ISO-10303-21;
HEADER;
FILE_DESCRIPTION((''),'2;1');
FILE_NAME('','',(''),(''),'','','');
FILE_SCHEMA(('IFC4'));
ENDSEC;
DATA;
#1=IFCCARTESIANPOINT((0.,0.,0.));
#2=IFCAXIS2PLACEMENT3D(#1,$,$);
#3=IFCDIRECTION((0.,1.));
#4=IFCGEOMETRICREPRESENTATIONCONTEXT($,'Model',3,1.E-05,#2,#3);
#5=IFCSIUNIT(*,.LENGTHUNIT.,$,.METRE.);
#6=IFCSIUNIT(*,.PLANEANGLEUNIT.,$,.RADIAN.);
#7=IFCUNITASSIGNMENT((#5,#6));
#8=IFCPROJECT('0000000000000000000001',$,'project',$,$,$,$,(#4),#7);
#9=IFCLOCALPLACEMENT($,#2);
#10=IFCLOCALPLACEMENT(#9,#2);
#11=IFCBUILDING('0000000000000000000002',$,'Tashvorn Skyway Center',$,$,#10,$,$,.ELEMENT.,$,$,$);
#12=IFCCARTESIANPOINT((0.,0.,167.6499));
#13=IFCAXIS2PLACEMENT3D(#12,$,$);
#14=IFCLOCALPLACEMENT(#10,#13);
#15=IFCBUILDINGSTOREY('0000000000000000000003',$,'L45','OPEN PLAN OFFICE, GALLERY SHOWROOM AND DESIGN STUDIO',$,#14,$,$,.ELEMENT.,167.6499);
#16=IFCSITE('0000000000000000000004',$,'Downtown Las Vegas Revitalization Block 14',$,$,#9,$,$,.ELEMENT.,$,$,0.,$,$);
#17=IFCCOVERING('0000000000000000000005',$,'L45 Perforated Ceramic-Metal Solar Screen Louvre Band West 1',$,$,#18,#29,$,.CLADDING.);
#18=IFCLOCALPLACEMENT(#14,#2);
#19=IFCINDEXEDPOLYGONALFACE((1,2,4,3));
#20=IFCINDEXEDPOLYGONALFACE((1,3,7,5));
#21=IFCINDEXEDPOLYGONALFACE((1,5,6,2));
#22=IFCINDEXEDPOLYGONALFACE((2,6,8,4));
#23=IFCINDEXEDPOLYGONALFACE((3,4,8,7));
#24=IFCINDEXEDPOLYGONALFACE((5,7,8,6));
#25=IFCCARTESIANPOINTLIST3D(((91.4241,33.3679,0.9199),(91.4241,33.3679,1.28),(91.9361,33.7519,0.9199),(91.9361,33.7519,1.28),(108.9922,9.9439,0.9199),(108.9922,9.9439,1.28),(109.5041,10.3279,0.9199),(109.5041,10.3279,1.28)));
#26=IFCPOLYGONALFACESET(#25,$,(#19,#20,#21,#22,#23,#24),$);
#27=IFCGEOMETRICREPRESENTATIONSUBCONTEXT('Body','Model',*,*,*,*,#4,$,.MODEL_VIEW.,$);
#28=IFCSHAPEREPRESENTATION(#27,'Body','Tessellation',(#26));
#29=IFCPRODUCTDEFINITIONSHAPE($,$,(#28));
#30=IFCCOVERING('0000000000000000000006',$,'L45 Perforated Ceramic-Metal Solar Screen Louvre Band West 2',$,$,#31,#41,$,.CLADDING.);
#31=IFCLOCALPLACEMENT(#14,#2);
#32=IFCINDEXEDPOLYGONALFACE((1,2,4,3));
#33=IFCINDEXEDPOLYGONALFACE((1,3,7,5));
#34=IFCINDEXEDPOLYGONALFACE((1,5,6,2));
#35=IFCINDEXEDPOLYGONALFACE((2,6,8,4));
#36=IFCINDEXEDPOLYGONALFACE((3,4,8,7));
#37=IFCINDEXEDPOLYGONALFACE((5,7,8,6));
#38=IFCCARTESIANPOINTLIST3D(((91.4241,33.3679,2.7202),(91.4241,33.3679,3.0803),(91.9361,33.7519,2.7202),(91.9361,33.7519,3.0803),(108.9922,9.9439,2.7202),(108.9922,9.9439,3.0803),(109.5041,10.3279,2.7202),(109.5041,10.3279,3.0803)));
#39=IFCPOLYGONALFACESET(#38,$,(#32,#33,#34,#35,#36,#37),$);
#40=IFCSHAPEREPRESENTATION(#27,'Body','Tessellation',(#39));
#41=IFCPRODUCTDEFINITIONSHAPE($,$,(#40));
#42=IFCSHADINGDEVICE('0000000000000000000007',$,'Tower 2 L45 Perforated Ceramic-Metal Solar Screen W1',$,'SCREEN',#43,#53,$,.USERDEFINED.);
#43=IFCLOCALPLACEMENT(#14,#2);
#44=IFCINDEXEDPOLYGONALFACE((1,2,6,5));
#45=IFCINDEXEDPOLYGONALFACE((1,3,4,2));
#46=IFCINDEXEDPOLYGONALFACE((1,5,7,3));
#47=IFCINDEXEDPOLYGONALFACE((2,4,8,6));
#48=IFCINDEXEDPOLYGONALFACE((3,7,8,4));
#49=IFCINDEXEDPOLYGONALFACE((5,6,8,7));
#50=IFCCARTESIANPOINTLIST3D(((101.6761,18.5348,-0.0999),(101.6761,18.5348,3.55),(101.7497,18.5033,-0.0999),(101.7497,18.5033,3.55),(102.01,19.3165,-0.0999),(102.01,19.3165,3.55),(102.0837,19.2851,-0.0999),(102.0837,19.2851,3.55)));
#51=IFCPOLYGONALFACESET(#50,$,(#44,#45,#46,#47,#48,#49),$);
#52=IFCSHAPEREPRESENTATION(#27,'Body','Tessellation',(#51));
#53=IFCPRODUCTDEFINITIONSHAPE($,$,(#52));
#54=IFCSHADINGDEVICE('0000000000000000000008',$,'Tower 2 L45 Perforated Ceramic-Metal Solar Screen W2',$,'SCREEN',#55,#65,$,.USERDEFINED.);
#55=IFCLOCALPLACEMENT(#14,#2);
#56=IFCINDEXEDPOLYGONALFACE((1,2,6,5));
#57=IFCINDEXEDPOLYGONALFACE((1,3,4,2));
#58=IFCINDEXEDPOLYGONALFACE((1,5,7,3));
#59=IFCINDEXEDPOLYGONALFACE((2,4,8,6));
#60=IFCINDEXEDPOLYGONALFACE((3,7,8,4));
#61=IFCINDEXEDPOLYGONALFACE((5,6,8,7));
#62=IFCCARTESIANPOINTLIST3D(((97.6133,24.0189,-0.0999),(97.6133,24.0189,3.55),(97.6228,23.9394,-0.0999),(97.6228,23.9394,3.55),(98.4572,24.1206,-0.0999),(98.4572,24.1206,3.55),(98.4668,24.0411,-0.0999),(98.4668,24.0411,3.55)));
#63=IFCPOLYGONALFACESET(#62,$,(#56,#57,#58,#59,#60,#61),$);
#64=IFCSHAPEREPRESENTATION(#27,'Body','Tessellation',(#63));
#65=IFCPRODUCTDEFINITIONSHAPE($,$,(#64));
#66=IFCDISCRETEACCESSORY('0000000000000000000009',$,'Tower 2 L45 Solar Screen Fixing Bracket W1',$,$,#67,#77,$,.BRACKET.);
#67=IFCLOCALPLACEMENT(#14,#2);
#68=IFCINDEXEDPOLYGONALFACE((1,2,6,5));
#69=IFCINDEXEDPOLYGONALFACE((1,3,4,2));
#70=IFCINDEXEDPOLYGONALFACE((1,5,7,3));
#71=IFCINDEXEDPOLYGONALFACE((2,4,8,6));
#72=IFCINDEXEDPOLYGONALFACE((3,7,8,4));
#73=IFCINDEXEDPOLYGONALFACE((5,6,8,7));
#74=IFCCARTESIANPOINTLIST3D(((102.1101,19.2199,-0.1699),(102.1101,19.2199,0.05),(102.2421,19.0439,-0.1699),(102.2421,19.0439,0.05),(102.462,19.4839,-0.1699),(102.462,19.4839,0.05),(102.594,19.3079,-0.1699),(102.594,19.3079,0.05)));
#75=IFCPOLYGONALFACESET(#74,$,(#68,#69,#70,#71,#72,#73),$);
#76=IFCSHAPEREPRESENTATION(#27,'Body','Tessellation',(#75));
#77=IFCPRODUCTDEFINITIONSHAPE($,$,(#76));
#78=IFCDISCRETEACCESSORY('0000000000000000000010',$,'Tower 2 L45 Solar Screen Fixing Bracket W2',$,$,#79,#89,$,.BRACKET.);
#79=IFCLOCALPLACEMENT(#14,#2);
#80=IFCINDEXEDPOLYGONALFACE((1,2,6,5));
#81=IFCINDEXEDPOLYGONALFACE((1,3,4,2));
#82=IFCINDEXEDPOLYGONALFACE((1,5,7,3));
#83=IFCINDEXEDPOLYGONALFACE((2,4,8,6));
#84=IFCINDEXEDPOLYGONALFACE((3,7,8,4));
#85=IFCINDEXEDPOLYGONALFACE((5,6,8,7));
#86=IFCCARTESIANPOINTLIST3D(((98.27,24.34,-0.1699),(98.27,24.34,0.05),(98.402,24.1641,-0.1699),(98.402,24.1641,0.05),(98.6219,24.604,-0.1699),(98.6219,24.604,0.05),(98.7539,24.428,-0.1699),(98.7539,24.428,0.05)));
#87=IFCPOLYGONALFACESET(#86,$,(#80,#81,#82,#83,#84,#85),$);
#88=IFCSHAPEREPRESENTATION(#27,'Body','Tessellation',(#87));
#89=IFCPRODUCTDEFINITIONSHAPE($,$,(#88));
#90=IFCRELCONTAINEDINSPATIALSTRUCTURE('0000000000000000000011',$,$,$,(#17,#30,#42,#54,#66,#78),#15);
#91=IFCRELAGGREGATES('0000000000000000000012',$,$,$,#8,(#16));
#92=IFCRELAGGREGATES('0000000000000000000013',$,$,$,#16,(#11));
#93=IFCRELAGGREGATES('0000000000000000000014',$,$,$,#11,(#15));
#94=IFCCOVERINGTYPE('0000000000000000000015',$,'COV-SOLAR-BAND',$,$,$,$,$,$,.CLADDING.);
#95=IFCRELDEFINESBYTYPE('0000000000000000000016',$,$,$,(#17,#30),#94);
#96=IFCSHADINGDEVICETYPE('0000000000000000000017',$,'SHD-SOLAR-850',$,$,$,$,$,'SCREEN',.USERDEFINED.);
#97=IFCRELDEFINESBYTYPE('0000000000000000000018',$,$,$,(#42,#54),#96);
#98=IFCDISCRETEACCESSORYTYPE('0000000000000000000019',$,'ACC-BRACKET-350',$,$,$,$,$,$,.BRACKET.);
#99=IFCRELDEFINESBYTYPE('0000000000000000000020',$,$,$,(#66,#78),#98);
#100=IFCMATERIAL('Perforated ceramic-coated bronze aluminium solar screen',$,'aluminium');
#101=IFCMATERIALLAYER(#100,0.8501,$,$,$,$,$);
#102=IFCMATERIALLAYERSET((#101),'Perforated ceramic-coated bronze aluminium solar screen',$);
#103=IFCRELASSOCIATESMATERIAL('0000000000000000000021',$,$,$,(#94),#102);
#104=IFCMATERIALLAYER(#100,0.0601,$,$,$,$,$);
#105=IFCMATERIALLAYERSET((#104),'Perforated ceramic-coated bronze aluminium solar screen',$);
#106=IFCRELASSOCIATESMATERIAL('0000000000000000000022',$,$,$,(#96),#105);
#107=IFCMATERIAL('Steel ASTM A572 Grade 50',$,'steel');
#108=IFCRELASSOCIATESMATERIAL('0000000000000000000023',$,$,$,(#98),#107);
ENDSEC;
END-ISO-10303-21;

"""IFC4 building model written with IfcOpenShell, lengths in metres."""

from ifc_helpers import new_model, si_unit, direction, frame, origin, origin_2d, place, context, subcontext, project, spatial, rectangle, extrude, material, layer, layer_set, type_object, element, save


model = new_model("IFC4")

# Units and contexts
model_context = context("Model", 3, precision=1e-05, world=origin(), true_north=direction((0.0, 1.0)))
body_context = subcontext(model_context, "Body", "Model", "MODEL_VIEW")
ifc_project = project(units=[si_unit("LENGTHUNIT", "METRE"), si_unit("PLANEANGLEUNIT", "RADIAN")], contexts=[model_context])

# Site, building, storey
site_placement = place(None, origin())
site = spatial("IfcSite", under=ifc_project, at=site_placement, Name="Downtown Las Vegas Revitalization Block 14", CompositionType="ELEMENT", RefElevation=0.0)
building_placement = place(site_placement, origin())
building = spatial("IfcBuilding", under=site, at=building_placement, Name="Tashvorn Skyway Center", CompositionType="ELEMENT")
storey_placement = place(building_placement, frame((0.0, 0.0, 167.6499)))
storey = spatial("IfcBuildingStorey", under=building, at=storey_placement, Name="L45", Description="OPEN PLAN OFFICE, GALLERY SHOWROOM AND DESIGN STUDIO", CompositionType="ELEMENT", Elevation=167.6499)

# Shared definitions
ifc_material_1 = material(Name="Steel ASTM A572 Grade 50", Category="steel")

# Coverings
ifc_material_2 = material(Name="Perforated ceramic-coated bronze aluminium solar screen", Category="aluminium")
ifc_layer_1 = layer(ifc_material_2, 0.8501)
ifc_layer_set_1 = layer_set([ifc_layer_1], Name="Perforated ceramic-coated bronze aluminium solar screen")
covering_type = type_object("IfcCoveringType", Name="COV-SOLAR-BAND", PredefinedType="CLADDING", material=ifc_layer_set_1)
for number, where, z_axis, x_axis, name in (
    (1, (100.4641, 21.8479, 0.9199), (0.0, 0.0, 1.0), (-0.6, 0.8, 0.0), "L45 Perforated Ceramic-Metal Solar Screen Louvre Band West 1"),
    (2, (100.4641, 21.8479, 2.7202), (0.0, 0.0, 1.0), (-0.6, 0.8, 0.0), "L45 Perforated Ceramic-Metal Solar Screen Louvre Band West 2"),
):
    element("IfcCovering", number, at=place(storey_placement, frame(where, z_axis=z_axis, x_axis=x_axis)), inside=storey, type_object=covering_type, Name=name, PredefinedType="CLADDING", context=body_context, shape_type="SweptSolid", body=[
        extrude(rectangle(XDim=29.28, YDim=0.6399, at=origin_2d()), origin(), (0.0, 0.0, 1.0), 0.3601),
    ])

# Shading devices
ifc_layer_2 = layer(ifc_material_2, 0.0601)
ifc_layer_set_2 = layer_set([ifc_layer_2], Name="Perforated ceramic-coated bronze aluminium solar screen")
shading_device_type = type_object("IfcShadingDeviceType", Name="SHD-SOLAR-850", ElementType="SCREEN", PredefinedType="USERDEFINED", material=ifc_layer_set_2)
for number, where, z_axis, x_axis, name in (
    (3, (101.8799, 18.9099, -0.0999), (0.0, 0.0, 1.0), (-0.919615, 0.39282, 0.0), "Tower 2 L45 Perforated Ceramic-Metal Solar Screen W1"),
    (4, (98.04, 24.03, -0.0999), (0.0, 0.0, 1.0), (-0.119615, 0.99282, 0.0), "Tower 2 L45 Perforated Ceramic-Metal Solar Screen W2"),
):
    element("IfcShadingDevice", number, at=place(storey_placement, frame(where, z_axis=z_axis, x_axis=x_axis)), inside=storey, type_object=shading_device_type, Name=name, ObjectType="SCREEN", PredefinedType="USERDEFINED", context=body_context, shape_type="SweptSolid", body=[
        extrude(rectangle(XDim=0.0801, YDim=0.8501, at=origin_2d()), origin(), (0.0, 0.0, 1.0), 3.6499),
    ])

# Discrete accessories
discrete_accessory_type = type_object("IfcDiscreteAccessoryType", Name="ACC-BRACKET-350", PredefinedType="BRACKET", material=ifc_material_1)
for number, where, z_axis, x_axis, name in (
    (5, (102.3521, 19.2639, -0.1699), (0.0, 0.0, 1.0), (-0.6, 0.8, 0.0), "Tower 2 L45 Solar Screen Fixing Bracket W1"),
    (6, (98.512, 24.384, -0.1699), (0.0, 0.0, 1.0), (-0.6, 0.8, 0.0), "Tower 2 L45 Solar Screen Fixing Bracket W2"),
):
    element("IfcDiscreteAccessory", number, at=place(storey_placement, frame(where, z_axis=z_axis, x_axis=x_axis)), inside=storey, type_object=discrete_accessory_type, Name=name, PredefinedType="BRACKET", context=body_context, shape_type="SweptSolid", body=[
        extrude(rectangle(XDim=0.22, YDim=0.4399, at=origin_2d()), origin(), (0.0, 0.0, 1.0), 0.22),
    ])

save(model, "model.ifc")
